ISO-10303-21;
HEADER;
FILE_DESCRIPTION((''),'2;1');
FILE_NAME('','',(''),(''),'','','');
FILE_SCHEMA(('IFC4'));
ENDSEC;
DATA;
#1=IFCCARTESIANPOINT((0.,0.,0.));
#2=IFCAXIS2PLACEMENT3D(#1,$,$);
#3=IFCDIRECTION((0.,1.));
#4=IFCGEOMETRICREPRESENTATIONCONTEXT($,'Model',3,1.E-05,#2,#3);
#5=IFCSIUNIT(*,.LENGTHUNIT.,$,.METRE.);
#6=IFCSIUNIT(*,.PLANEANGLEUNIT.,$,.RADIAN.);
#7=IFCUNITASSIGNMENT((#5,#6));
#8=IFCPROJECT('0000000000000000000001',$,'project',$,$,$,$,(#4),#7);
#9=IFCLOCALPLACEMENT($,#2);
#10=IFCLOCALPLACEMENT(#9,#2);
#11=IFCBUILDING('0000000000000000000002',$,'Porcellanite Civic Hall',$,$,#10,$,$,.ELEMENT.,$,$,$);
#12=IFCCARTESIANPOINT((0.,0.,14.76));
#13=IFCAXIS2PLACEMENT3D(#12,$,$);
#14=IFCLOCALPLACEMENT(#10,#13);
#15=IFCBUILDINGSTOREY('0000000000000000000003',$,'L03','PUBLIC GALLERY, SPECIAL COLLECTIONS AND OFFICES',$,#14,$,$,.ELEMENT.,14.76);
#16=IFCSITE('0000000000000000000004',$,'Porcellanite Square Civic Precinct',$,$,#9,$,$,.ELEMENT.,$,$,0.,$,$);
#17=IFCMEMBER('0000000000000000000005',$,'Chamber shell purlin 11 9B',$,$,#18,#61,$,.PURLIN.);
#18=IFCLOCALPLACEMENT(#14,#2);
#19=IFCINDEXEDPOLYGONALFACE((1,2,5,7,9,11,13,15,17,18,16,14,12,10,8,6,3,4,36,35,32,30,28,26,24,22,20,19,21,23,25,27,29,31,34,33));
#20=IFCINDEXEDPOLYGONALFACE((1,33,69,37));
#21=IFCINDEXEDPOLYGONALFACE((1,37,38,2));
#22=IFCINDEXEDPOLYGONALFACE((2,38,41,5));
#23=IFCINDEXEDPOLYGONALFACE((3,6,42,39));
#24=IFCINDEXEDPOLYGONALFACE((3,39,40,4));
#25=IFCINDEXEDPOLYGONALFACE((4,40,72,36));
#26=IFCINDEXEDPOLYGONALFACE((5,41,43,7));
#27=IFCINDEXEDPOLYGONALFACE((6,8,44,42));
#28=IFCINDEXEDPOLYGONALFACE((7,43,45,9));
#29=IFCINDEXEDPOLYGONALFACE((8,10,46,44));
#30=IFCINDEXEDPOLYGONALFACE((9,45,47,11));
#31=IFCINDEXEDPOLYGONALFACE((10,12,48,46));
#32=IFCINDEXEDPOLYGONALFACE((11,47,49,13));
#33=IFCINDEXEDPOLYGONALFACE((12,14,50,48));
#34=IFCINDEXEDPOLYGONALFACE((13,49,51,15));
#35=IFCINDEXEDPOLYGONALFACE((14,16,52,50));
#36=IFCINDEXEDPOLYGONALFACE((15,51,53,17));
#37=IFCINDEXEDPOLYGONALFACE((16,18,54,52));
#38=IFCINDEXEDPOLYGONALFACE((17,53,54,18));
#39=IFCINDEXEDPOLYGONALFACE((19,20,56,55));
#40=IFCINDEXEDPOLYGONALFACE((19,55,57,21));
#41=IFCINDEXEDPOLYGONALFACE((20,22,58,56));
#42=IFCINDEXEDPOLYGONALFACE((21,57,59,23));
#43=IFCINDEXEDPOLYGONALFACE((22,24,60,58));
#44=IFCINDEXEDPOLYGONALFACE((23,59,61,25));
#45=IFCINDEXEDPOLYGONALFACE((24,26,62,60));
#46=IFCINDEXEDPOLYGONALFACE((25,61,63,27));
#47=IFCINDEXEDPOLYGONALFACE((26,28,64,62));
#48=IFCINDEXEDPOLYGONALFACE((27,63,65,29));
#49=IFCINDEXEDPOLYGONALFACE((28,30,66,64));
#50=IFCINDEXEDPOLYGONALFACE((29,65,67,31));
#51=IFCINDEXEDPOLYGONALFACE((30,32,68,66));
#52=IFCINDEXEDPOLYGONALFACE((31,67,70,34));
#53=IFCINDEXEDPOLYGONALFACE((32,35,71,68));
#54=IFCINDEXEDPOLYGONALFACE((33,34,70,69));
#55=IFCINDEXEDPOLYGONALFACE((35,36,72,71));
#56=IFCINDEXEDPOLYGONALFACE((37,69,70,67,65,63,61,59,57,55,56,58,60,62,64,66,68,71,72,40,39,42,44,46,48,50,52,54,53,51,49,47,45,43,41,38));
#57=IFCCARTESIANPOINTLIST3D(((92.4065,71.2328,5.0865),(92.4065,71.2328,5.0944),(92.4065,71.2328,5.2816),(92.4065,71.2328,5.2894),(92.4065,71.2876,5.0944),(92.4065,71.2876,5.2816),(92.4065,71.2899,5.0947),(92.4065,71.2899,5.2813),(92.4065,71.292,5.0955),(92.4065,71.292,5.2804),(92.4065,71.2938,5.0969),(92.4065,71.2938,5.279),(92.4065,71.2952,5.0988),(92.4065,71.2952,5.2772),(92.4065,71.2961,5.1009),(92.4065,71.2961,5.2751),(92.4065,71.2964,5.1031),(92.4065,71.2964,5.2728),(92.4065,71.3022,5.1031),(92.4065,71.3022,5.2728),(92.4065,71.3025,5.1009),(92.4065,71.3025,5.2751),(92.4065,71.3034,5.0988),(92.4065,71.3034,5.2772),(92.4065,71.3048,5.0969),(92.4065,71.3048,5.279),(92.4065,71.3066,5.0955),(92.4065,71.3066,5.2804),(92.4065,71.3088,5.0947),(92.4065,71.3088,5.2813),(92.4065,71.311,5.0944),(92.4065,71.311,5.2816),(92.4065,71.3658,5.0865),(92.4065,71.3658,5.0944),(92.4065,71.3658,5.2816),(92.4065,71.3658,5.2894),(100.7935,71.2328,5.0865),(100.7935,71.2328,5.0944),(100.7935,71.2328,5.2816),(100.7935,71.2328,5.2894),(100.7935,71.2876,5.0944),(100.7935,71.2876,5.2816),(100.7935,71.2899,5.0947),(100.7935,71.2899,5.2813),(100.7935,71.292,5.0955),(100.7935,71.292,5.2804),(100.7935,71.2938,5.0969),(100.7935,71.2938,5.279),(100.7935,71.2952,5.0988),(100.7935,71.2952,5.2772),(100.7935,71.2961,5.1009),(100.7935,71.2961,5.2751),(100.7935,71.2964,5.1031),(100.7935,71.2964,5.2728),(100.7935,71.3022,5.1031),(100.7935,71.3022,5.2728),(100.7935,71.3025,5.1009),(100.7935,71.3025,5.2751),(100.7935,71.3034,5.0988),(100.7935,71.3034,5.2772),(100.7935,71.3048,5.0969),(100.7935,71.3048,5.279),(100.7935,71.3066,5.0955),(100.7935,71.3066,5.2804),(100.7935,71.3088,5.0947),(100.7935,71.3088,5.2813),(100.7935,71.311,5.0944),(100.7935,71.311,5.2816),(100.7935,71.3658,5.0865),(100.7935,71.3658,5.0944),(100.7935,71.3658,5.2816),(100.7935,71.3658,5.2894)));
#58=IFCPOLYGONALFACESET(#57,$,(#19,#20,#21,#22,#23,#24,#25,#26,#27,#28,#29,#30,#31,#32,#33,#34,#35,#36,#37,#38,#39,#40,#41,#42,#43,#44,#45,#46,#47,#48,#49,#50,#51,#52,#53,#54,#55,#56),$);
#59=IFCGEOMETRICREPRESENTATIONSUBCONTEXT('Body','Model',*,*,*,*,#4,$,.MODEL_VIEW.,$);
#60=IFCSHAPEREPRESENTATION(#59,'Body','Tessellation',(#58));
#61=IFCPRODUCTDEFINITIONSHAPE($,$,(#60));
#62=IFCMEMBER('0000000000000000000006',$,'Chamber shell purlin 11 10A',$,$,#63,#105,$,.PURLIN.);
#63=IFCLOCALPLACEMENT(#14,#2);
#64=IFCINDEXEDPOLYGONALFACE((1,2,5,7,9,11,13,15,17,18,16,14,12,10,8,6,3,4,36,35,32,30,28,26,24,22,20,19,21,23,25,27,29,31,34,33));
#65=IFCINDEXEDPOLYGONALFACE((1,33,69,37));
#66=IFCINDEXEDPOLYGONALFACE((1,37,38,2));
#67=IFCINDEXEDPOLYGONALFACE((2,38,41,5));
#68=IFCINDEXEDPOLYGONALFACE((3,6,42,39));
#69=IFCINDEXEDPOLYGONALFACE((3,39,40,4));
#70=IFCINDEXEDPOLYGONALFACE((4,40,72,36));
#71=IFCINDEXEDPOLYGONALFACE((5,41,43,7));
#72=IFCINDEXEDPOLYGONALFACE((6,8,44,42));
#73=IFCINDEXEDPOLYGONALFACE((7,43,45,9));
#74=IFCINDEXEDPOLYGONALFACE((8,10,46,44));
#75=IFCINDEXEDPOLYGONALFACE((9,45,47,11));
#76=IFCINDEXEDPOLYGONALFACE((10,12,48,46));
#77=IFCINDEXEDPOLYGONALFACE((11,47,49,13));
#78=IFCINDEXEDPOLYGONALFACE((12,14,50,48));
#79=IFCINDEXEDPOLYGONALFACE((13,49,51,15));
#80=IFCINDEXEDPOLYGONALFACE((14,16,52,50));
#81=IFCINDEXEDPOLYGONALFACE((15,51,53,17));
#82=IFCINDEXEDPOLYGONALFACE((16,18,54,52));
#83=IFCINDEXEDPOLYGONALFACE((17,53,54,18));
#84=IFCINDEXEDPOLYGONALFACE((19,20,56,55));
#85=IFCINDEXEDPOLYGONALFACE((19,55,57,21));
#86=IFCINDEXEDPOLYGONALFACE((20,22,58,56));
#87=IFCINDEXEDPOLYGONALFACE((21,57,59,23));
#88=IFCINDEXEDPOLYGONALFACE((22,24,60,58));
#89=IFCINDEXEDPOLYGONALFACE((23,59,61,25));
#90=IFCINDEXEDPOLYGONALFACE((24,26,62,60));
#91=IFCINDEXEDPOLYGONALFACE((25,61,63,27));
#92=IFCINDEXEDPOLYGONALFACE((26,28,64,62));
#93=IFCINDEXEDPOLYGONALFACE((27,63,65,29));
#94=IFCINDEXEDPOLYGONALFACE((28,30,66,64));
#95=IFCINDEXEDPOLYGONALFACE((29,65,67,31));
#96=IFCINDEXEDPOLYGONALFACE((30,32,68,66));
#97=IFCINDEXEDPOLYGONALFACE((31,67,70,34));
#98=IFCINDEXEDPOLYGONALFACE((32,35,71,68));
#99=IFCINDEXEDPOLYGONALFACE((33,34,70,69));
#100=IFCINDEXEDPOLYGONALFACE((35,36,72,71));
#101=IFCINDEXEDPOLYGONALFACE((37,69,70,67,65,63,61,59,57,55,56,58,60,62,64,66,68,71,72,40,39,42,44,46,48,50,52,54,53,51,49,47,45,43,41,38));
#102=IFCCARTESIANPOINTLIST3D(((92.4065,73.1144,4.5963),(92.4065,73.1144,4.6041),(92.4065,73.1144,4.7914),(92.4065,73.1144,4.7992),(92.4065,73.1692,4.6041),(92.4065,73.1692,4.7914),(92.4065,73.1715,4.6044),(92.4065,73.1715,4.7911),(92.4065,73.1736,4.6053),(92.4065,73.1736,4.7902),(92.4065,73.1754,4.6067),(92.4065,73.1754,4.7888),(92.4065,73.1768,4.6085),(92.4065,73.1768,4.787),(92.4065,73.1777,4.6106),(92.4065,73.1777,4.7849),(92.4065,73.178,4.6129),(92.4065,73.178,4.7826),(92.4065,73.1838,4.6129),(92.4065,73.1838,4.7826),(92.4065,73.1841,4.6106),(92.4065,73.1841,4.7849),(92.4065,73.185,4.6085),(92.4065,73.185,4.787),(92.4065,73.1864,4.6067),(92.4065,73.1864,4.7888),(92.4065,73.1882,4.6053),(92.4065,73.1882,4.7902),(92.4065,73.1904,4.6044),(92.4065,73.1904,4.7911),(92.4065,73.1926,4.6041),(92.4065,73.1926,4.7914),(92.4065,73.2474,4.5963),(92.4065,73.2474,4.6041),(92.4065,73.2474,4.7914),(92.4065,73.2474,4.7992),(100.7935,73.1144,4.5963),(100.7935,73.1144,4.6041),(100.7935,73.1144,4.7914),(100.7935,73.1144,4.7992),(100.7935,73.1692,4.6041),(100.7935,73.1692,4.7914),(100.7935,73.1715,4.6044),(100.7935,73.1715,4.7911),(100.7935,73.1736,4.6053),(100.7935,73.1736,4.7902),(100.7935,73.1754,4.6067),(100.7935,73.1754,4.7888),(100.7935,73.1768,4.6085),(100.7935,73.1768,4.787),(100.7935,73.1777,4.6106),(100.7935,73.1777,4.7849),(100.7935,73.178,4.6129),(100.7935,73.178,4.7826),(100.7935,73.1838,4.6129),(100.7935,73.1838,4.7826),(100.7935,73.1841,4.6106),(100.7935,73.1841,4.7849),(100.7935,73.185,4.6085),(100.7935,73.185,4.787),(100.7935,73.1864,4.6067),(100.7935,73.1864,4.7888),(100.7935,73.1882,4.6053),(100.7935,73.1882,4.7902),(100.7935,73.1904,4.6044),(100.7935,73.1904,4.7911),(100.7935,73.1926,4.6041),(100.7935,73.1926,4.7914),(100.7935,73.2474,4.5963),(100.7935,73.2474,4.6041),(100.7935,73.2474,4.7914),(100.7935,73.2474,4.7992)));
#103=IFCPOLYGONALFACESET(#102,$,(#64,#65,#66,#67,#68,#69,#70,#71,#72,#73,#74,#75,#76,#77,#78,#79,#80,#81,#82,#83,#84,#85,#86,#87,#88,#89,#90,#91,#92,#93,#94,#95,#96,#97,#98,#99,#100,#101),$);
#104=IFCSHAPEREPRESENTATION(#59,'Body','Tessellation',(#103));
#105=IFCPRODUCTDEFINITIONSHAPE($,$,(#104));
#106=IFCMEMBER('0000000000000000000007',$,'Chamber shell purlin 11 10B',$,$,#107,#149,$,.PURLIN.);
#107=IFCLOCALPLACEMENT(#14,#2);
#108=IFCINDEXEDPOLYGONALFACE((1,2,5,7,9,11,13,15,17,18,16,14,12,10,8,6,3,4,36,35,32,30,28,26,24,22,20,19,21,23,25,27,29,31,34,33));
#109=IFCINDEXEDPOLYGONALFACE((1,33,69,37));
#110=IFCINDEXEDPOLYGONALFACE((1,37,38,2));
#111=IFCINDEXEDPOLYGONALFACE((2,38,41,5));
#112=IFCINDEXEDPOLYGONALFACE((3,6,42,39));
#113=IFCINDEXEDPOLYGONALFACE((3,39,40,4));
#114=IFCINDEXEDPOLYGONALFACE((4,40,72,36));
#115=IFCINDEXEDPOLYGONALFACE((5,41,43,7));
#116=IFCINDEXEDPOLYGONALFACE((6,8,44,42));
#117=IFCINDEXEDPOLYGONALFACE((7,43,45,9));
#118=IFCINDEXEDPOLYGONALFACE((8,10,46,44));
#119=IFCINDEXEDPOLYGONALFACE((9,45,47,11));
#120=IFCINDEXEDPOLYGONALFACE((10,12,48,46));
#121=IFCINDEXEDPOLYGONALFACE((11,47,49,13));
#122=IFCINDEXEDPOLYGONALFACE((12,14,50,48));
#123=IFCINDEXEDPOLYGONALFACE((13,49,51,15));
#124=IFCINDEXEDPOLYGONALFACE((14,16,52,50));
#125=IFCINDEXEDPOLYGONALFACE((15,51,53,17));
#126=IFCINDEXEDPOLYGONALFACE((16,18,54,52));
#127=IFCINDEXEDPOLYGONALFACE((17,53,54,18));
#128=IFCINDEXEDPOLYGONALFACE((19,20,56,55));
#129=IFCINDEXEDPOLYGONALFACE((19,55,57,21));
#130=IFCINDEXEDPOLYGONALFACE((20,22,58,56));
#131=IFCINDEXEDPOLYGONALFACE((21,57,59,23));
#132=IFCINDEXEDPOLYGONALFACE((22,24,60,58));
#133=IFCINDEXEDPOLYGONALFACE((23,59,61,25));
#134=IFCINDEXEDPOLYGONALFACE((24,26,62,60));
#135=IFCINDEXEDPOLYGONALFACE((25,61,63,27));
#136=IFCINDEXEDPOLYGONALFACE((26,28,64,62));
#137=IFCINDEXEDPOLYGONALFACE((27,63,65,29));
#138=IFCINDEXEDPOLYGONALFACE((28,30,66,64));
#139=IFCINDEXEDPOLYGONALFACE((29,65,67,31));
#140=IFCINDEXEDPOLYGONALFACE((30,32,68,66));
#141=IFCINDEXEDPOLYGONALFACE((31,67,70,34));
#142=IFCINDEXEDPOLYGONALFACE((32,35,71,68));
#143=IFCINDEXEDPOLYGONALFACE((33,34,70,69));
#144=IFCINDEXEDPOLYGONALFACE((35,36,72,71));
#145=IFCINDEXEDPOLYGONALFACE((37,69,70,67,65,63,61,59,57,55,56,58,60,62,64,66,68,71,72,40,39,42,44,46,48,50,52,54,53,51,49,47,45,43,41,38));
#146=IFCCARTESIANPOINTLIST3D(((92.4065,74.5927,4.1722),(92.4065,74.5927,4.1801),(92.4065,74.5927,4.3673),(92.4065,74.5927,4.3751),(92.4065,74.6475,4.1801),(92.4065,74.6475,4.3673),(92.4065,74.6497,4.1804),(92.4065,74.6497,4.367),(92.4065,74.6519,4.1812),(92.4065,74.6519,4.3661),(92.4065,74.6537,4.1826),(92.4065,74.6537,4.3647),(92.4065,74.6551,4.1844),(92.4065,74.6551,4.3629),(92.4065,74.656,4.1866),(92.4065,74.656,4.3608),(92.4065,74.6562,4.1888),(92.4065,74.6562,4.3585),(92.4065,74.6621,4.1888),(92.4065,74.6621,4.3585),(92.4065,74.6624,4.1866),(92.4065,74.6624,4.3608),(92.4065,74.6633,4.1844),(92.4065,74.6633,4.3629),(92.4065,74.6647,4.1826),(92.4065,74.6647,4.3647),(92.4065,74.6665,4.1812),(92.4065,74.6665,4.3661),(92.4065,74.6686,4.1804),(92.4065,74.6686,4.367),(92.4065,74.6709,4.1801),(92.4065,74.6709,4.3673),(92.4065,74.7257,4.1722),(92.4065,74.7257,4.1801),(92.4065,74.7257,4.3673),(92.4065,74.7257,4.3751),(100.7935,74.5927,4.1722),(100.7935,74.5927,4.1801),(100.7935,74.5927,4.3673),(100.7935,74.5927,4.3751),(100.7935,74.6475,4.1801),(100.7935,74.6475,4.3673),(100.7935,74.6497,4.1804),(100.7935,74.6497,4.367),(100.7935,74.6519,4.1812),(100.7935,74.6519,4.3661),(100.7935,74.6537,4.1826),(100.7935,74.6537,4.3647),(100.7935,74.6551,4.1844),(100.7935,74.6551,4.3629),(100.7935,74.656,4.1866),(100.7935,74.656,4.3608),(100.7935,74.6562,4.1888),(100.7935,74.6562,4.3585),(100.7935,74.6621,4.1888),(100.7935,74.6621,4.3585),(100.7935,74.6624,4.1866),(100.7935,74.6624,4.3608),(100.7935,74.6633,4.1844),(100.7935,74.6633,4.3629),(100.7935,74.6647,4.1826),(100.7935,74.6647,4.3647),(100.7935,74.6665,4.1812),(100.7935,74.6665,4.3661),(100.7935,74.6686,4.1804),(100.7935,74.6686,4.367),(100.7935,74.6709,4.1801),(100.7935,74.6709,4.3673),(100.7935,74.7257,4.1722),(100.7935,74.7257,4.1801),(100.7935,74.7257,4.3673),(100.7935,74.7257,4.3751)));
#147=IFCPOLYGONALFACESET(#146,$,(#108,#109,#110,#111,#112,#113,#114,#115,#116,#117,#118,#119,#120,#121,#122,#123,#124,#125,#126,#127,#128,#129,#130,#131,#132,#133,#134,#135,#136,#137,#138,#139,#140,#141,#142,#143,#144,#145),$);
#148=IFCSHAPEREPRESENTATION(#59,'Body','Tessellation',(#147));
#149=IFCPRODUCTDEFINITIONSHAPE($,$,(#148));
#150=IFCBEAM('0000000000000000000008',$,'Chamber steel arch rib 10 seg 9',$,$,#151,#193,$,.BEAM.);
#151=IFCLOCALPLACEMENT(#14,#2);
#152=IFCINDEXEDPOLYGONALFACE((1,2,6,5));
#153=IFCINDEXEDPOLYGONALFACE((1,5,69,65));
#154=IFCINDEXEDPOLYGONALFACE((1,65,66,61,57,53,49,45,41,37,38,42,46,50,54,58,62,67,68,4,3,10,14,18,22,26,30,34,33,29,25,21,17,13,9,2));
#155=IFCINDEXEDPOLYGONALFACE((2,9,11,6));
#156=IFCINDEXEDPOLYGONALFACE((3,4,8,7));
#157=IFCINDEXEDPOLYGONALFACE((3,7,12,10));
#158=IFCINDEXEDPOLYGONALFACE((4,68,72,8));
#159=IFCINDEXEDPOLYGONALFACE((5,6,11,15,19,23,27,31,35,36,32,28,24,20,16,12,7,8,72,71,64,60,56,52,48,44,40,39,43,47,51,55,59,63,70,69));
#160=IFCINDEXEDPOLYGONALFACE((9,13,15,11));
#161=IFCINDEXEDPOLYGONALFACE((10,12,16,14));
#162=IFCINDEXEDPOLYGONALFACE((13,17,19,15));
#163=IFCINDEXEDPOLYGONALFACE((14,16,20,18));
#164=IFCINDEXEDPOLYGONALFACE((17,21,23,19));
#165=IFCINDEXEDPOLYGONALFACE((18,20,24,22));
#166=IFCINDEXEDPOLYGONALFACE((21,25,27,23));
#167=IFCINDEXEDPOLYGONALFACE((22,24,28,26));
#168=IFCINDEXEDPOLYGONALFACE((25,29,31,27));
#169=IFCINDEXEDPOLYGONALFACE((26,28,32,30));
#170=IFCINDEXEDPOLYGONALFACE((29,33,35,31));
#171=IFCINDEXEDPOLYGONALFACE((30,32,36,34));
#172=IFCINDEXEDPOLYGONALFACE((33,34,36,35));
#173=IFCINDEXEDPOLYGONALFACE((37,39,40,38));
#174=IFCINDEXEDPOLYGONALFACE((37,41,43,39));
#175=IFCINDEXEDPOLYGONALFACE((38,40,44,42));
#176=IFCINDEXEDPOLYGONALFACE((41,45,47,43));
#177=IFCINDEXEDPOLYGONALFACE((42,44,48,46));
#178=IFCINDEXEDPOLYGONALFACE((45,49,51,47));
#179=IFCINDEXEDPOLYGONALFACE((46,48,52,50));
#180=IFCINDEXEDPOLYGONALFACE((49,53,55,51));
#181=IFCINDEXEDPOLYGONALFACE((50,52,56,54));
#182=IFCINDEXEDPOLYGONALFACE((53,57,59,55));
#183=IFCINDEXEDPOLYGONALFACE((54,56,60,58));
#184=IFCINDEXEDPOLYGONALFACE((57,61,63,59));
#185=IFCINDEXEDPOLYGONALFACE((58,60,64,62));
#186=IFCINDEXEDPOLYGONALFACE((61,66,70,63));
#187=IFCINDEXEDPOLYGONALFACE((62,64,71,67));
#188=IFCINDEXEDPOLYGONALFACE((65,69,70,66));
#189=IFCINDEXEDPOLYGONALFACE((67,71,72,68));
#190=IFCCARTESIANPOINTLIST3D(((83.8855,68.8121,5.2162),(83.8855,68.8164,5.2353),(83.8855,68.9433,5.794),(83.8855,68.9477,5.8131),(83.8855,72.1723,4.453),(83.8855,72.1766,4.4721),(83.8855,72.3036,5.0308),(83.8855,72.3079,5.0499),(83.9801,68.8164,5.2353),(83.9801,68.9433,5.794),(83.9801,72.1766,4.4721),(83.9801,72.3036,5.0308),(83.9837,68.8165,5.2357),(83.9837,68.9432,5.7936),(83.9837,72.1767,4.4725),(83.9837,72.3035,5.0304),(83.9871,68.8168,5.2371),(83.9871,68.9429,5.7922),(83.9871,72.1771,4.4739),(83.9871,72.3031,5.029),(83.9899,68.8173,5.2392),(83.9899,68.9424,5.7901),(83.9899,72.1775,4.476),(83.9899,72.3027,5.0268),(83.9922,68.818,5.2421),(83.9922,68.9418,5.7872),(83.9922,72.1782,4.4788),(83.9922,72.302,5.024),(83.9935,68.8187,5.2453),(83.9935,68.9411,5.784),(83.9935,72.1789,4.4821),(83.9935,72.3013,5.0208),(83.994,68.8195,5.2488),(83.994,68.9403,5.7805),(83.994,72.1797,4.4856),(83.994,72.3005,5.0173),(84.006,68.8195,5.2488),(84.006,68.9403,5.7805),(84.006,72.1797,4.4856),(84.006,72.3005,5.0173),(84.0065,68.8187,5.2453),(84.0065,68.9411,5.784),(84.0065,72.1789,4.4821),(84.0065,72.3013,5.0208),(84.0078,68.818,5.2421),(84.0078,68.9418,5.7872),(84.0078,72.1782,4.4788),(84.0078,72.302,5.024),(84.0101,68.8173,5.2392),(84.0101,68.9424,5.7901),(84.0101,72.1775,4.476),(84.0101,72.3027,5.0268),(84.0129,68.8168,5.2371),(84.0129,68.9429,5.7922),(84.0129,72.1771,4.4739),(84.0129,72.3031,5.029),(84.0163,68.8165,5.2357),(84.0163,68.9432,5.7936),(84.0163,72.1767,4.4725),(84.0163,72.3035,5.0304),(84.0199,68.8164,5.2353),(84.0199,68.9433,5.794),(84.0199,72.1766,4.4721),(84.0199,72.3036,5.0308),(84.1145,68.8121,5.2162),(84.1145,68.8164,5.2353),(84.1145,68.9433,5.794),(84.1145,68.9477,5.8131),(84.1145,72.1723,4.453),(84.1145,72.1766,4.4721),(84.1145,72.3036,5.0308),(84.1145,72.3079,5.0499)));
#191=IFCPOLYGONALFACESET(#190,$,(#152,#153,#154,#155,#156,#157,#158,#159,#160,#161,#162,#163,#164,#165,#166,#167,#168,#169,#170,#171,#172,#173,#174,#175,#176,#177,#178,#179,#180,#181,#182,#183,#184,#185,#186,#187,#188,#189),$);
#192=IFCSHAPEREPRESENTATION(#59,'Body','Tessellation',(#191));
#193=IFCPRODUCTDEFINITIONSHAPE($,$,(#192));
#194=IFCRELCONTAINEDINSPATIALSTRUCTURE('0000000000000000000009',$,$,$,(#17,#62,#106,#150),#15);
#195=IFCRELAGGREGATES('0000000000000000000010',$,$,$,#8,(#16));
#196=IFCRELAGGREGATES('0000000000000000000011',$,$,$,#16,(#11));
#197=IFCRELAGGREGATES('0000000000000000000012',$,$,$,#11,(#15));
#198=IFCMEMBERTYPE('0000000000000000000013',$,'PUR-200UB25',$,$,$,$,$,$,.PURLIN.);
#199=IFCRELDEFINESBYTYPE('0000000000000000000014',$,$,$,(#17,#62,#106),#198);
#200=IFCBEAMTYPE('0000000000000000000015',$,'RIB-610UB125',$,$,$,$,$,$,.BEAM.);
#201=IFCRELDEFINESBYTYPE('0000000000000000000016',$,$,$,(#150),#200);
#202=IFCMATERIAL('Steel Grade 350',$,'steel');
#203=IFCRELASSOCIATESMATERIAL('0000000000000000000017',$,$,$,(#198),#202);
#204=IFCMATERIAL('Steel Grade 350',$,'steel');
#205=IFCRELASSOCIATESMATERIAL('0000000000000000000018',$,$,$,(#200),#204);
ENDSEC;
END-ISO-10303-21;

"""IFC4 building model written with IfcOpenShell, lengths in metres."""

from ifc_helpers import new_model, si_unit, direction, frame, origin, origin_2d, place, context, subcontext, project, spatial, i_section, extrude, material, material_profile, profile_set, type_object, element, save


model = new_model("IFC4")

# Units and contexts
model_context = context("Model", 3, precision=1e-05, world=origin(), true_north=direction((0.0, 1.0)))
body_context = subcontext(model_context, "Body", "Model", "MODEL_VIEW")
ifc_project = project(units=[si_unit("LENGTHUNIT", "METRE"), si_unit("PLANEANGLEUNIT", "RADIAN")], contexts=[model_context])

# Site, building, storey
site_placement = place(None, origin())
site = spatial("IfcSite", under=ifc_project, at=site_placement, Name="Porcellanite Square Civic Precinct", CompositionType="ELEMENT", RefElevation=0.0)
building_placement = place(site_placement, origin())
building = spatial("IfcBuilding", under=site, at=building_placement, Name="Porcellanite Civic Hall", CompositionType="ELEMENT")
storey_placement = place(building_placement, frame((0.0, 0.0, 14.76)))
storey = spatial("IfcBuildingStorey", under=building, at=storey_placement, Name="L03", Description="PUBLIC GALLERY, SPECIAL COLLECTIONS AND OFFICES", CompositionType="ELEMENT", Elevation=14.76)

# Members
ifc_material_1 = material(Name="Steel Grade 350", Category="steel")
ifc_material_profile_1 = material_profile(ifc_material_1, i_section(OverallWidth=0.1331, OverallDepth=0.2029, WebThickness=0.0059, FlangeThickness=0.0078, FilletRadius=0.0088, at=origin_2d()), Name="200UB25.4")
ifc_profile_set_1 = profile_set([ifc_material_profile_1], Name="Steel Grade 350")
member_type_1 = type_object("IfcMemberType", Name="PUR-200UB25", PredefinedType="PURLIN", material=ifc_profile_set_1)
for number, where, z_axis, x_axis, name in (
    (1, (92.4065, 71.2993, 5.188), (1.0, 0.0, 0.0), (0.0, 1.0, 0.0), "Chamber shell purlin 11 9B"),
    (2, (92.4065, 73.1809, 4.6978), (1.0, 0.0, 0.0), (0.0, 1.0, 0.0), "Chamber shell purlin 11 10A"),
    (3, (92.4065, 74.6592, 4.2737), (1.0, 0.0, 0.0), (0.0, 1.0, 0.0), "Chamber shell purlin 11 10B"),
):
    element("IfcMember", number, at=place(storey_placement, frame(where, z_axis=z_axis, x_axis=x_axis)), inside=storey, type_object=member_type_1, Name=name, PredefinedType="PURLIN", context=body_context, shape_type="SweptSolid", body=[
        extrude(i_section(OverallWidth=0.1331, OverallDepth=0.2029, WebThickness=0.0059, FlangeThickness=0.0078, FilletRadius=0.0088, at=origin_2d()), origin(), (0.0, 0.0, 1.0), 8.387),
    ])

# Beam
ifc_material_2 = material(Name="Steel Grade 350", Category="steel")
ifc_material_profile_2 = material_profile(ifc_material_2, i_section(OverallWidth=0.229, OverallDepth=0.6121, WebThickness=0.012, FlangeThickness=0.0195, FilletRadius=0.0139, at=origin_2d()), Name="610UB125")
ifc_profile_set_2 = profile_set([ifc_material_profile_2], Name="Steel Grade 350")
beam_type = type_object("IfcBeamType", Name="RIB-610UB125", PredefinedType="BEAM", material=ifc_profile_set_2)
beam_1_placement = place(storey_placement, frame((84.0, 68.8799, 5.5146), z_axis=(0.0, 0.975163, -0.221489), x_axis=(-1.0, 0.0, 0.0)))
element("IfcBeam", 4, at=beam_1_placement, inside=storey, type_object=beam_type, Name="Chamber steel arch rib 10 seg 9", PredefinedType="BEAM", context=body_context, shape_type="SweptSolid", body=[
    extrude(i_section(OverallWidth=0.229, OverallDepth=0.6121, WebThickness=0.012, FlangeThickness=0.0195, FilletRadius=0.0139, at=origin_2d()), origin(), (0.0, 0.0, 1.0), 3.4458),
])

save(model, "model.ifc")
